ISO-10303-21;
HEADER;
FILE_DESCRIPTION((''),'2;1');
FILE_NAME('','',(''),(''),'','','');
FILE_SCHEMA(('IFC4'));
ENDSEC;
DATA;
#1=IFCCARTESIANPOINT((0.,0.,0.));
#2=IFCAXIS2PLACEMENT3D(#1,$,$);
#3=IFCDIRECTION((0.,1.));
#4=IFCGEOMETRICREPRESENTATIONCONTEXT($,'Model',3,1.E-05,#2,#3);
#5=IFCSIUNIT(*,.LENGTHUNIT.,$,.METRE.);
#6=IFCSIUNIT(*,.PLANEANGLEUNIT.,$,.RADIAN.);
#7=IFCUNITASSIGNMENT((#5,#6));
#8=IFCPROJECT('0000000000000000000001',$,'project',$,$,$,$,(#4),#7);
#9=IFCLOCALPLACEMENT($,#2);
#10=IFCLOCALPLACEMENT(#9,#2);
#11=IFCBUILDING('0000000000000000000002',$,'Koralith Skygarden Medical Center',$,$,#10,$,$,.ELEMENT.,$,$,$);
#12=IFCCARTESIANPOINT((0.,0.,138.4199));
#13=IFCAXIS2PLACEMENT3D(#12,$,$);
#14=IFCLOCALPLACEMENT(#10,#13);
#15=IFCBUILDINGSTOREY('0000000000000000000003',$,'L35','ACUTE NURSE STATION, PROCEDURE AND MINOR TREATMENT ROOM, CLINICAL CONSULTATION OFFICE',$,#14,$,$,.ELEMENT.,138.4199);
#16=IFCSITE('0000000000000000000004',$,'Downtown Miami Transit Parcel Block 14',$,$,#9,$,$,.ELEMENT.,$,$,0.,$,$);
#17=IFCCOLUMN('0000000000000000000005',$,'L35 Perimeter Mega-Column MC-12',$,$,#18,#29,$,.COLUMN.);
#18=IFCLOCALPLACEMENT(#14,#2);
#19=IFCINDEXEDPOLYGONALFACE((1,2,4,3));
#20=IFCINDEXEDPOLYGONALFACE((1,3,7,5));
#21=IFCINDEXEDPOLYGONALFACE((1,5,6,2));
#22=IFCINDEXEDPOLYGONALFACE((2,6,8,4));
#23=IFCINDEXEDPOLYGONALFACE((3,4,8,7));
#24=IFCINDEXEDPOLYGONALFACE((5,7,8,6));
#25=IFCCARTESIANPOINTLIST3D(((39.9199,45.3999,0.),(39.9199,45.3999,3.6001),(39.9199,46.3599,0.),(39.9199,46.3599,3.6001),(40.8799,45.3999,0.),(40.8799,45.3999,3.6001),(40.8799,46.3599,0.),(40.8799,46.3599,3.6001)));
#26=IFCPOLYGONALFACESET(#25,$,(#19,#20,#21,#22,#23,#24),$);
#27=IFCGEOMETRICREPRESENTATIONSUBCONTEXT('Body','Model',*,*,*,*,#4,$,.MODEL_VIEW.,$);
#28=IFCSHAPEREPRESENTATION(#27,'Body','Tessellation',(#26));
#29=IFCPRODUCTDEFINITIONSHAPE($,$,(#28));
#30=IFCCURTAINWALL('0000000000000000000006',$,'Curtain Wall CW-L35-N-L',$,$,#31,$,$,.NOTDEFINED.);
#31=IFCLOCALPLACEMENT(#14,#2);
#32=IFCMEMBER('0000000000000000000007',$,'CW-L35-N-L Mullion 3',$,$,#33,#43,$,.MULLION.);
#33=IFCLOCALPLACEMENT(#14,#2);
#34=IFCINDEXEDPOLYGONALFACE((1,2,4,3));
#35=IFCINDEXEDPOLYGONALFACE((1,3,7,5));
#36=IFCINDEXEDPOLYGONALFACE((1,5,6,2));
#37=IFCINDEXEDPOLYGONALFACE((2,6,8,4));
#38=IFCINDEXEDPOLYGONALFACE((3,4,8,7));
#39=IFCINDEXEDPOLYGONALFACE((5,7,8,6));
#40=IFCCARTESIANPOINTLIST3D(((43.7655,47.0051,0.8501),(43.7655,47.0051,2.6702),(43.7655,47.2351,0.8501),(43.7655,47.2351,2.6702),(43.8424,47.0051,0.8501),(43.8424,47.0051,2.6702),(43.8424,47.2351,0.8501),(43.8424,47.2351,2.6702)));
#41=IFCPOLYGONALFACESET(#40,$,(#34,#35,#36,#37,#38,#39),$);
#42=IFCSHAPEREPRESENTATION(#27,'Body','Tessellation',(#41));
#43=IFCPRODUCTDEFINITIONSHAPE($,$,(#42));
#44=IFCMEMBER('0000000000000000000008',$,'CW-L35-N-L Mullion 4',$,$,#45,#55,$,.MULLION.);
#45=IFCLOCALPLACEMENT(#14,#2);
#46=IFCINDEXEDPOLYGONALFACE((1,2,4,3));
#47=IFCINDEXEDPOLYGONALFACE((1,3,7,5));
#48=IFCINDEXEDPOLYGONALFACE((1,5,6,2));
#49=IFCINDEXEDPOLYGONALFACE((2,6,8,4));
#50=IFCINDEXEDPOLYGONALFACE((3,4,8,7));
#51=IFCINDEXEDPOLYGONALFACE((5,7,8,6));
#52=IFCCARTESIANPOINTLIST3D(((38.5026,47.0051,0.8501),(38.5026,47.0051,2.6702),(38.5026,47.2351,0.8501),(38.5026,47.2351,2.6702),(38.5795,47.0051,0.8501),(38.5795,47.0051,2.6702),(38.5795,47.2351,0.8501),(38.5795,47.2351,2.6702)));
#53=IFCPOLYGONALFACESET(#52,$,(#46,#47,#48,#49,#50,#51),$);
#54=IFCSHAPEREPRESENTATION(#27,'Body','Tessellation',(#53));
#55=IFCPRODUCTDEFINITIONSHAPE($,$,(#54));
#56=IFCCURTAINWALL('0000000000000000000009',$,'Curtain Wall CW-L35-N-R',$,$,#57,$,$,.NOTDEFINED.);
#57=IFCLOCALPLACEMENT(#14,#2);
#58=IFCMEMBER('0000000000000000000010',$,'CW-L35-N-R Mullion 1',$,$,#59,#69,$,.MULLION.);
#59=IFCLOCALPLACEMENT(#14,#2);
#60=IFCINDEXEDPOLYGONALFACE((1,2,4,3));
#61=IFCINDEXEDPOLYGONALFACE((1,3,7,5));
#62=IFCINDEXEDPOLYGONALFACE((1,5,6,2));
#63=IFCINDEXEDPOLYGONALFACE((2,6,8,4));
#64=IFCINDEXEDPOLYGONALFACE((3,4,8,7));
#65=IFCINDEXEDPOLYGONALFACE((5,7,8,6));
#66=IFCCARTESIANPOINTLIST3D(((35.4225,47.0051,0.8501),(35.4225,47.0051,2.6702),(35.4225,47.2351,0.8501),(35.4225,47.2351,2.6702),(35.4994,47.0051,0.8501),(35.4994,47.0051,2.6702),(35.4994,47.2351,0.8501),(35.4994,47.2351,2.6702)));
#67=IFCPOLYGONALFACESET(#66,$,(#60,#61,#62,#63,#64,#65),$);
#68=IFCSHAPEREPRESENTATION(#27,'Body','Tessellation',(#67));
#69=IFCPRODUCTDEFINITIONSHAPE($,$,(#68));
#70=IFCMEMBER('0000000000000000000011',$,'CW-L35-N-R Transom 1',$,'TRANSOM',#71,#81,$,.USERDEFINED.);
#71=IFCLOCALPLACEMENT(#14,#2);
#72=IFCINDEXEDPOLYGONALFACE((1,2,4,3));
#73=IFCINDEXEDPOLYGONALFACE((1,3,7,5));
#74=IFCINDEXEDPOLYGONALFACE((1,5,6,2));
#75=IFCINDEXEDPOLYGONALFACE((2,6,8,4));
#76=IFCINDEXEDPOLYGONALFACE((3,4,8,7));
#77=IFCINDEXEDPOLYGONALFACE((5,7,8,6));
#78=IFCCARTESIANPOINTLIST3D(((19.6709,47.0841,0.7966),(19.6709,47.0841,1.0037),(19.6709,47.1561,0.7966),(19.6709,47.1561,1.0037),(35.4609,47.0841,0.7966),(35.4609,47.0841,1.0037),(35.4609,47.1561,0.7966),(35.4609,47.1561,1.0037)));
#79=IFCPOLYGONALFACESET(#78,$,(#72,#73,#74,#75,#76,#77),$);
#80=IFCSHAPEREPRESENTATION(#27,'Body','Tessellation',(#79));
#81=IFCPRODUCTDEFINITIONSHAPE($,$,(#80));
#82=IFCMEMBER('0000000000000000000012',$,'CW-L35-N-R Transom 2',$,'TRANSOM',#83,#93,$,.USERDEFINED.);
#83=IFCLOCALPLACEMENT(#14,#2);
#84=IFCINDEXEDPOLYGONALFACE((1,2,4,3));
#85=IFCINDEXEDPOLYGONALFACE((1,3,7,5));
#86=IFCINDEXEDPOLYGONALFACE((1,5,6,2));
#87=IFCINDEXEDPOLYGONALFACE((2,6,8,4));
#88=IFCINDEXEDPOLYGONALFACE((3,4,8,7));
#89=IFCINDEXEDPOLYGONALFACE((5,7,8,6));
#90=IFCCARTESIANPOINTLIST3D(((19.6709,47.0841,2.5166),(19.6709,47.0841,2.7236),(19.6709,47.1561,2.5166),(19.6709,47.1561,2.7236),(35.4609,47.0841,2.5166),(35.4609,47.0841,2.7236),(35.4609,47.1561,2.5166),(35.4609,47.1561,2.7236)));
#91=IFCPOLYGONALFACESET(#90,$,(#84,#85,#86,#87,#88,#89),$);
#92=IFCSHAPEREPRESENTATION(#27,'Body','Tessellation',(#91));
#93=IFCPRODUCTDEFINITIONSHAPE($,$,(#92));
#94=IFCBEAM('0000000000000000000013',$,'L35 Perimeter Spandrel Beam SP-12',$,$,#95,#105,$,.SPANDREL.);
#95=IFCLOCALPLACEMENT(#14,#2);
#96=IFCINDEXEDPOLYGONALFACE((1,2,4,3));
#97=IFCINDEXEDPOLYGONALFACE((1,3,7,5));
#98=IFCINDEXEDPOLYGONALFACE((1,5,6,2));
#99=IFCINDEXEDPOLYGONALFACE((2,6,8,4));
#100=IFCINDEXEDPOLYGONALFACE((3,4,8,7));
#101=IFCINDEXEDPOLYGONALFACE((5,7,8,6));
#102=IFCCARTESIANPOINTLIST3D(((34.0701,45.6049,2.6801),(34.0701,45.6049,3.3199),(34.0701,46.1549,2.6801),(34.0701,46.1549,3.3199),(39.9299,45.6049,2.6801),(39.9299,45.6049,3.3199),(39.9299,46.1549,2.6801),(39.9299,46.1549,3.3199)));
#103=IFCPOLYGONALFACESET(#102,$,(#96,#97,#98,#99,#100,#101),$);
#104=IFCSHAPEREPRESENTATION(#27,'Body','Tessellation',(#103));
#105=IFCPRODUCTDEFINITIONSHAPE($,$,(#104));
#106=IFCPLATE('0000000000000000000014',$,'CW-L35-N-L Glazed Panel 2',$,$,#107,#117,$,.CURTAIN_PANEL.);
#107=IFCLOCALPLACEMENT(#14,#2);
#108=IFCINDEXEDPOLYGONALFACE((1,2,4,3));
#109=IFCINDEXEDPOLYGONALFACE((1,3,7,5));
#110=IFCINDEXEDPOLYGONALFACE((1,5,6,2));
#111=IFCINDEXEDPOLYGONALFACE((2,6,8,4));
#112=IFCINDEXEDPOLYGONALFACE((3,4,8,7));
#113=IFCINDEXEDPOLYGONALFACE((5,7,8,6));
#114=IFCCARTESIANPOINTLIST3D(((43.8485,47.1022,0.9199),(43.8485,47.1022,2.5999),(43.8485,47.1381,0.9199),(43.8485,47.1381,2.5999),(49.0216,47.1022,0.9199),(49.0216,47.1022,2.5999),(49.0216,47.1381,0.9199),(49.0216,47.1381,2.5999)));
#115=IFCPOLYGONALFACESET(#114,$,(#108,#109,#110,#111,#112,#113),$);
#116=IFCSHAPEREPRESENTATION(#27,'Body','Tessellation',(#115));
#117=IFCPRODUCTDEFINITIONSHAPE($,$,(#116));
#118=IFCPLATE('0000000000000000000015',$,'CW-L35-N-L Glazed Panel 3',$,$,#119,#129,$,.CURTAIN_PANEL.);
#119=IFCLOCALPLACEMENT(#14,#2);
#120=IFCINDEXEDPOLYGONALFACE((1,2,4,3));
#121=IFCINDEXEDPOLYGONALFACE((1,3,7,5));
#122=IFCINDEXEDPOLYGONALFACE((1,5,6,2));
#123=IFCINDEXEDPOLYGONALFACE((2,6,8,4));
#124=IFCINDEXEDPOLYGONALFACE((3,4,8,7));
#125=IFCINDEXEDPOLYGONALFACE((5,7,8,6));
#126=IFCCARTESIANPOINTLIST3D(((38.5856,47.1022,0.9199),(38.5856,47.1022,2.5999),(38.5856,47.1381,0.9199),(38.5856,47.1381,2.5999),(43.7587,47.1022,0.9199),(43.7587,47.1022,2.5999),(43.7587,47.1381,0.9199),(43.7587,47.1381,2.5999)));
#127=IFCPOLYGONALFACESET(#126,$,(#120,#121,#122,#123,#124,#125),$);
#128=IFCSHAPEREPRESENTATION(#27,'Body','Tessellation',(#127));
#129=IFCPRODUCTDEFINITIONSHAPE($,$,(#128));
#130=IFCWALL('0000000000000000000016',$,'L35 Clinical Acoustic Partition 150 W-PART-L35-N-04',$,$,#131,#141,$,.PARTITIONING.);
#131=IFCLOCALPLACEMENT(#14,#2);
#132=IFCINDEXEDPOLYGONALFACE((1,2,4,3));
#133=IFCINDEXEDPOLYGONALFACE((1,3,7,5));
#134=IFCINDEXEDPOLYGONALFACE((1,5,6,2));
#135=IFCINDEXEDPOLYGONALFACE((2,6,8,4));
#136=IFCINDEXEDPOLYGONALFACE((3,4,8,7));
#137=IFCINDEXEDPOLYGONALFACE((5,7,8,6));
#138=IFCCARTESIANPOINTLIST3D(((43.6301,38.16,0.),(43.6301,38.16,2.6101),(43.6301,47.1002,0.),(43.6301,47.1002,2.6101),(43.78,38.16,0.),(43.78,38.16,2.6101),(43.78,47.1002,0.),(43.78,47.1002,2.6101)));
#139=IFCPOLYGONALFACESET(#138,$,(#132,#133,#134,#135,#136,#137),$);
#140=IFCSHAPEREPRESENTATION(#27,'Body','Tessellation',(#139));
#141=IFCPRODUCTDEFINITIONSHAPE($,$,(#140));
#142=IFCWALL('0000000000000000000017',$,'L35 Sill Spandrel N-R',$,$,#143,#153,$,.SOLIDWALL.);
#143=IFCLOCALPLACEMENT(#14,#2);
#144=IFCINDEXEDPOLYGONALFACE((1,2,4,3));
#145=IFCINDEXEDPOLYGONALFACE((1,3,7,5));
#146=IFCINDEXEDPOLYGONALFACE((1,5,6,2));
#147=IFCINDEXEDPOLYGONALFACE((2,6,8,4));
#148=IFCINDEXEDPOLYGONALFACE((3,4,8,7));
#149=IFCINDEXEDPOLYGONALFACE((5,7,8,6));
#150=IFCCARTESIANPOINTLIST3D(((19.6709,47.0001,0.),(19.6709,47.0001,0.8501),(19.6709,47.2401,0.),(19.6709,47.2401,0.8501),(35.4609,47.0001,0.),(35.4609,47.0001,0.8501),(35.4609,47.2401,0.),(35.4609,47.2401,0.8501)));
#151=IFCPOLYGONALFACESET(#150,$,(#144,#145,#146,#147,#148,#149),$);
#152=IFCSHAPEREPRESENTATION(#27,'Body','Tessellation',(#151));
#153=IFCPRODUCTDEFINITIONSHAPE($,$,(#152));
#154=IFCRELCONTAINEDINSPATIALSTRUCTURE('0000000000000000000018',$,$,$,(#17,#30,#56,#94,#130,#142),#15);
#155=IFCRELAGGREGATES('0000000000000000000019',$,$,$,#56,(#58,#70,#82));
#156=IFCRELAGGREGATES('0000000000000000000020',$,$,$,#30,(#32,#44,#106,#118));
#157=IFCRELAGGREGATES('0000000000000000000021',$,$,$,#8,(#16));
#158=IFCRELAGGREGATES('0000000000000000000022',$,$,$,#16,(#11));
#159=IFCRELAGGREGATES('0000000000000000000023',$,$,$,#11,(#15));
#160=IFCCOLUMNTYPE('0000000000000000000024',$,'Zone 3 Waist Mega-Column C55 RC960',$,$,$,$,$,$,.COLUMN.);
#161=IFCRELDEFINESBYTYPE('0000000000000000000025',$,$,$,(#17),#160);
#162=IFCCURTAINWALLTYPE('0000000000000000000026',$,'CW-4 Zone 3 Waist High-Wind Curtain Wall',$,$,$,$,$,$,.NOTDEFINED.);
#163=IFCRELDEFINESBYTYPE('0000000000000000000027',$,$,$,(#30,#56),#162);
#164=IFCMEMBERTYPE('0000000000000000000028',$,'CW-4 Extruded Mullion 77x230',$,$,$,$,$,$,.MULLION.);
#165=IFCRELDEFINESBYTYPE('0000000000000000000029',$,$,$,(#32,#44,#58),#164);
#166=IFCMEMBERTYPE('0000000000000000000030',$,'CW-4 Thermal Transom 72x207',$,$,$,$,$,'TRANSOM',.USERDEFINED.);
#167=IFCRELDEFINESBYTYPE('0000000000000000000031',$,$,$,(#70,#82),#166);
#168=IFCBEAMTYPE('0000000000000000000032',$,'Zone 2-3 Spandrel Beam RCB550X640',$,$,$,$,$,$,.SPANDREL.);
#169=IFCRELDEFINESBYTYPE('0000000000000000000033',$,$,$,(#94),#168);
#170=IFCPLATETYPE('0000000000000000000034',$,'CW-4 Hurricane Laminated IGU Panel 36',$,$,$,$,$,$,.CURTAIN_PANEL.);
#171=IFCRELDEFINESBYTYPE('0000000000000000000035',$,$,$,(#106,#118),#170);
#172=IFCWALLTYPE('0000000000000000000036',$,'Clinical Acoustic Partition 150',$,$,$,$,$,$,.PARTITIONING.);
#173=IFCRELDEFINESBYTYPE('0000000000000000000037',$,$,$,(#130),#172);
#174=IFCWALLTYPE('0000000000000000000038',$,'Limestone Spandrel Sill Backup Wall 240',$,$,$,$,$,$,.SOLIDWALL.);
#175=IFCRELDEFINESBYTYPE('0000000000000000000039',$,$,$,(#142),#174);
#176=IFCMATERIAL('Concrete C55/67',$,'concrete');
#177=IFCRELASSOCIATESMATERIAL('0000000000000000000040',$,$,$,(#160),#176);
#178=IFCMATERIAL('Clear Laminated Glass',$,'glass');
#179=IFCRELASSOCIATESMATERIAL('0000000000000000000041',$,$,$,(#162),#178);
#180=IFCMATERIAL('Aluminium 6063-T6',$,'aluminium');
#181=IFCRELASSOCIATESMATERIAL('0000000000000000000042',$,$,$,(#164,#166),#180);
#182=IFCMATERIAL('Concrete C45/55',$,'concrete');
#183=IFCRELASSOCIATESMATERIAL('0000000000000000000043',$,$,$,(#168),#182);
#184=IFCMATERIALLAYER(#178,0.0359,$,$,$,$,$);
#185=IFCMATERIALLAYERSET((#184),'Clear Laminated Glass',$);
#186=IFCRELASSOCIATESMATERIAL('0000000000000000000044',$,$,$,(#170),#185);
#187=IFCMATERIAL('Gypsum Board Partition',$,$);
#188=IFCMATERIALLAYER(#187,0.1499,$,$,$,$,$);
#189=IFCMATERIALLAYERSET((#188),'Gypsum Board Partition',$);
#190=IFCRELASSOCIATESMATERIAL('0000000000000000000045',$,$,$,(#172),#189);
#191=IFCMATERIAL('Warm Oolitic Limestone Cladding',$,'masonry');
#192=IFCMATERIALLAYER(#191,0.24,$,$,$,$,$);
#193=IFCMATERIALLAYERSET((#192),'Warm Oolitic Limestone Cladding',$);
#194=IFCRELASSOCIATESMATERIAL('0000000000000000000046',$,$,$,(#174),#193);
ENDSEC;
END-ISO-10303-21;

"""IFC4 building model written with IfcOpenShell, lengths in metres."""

from ifc_helpers import new_model, si_unit, direction, frame, frame_2d, origin, origin_2d, place, context, subcontext, project, spatial, rectangle, extrude, material, layer, layer_set, material_profile, profile_set, type_object, element, aggregate, save


model = new_model("IFC4")

# Units and contexts
model_context = context("Model", 3, precision=1e-05, world=origin(), true_north=direction((0.0, 1.0)))
body_context = subcontext(model_context, "Body", "Model", "MODEL_VIEW")
ifc_project = project(units=[si_unit("LENGTHUNIT", "METRE"), si_unit("PLANEANGLEUNIT", "RADIAN")], contexts=[model_context])

# Site, building, storey
site_placement = place(None, origin())
site = spatial("IfcSite", under=ifc_project, at=site_placement, Name="Downtown Miami Transit Parcel Block 14", CompositionType="ELEMENT", RefElevation=0.0)
building_placement = place(site_placement, origin())
building = spatial("IfcBuilding", under=site, at=building_placement, Name="Koralith Skygarden Medical Center", CompositionType="ELEMENT")
storey_placement = place(building_placement, frame((0.0, 0.0, 138.4199)))
storey = spatial("IfcBuildingStorey", under=building, at=storey_placement, Name="L35", Description="ACUTE NURSE STATION, PROCEDURE AND MINOR TREATMENT ROOM, CLINICAL CONSULTATION OFFICE", CompositionType="ELEMENT", Elevation=138.4199)

# Column
ifc_material_1 = material(Name="Concrete C55/67", Category="concrete")
ifc_material_profile_1 = material_profile(ifc_material_1, rectangle(XDim=0.96, YDim=0.96, at=origin_2d()), Name="RC960X960")
ifc_profile_set_1 = profile_set([ifc_material_profile_1], Name="Concrete C55/67")
column_type = type_object("IfcColumnType", Name="Zone 3 Waist Mega-Column C55 RC960", PredefinedType="COLUMN", material=ifc_profile_set_1)
column_placement = place(storey_placement, frame((40.3999, 45.8799, 0.0), z_axis=(0.0, 0.0, 1.0), x_axis=(1.0, 0.0, 0.0)))
element("IfcColumn", 1, at=column_placement, inside=storey, type_object=column_type, Name="L35 Perimeter Mega-Column MC-12", PredefinedType="COLUMN", context=body_context, shape_type="SweptSolid", body=[
    extrude(rectangle(XDim=0.96, YDim=0.96, at=origin_2d()), origin(), (0.0, 0.0, 1.0), 3.6001),
])

# Curtain walls, members
ifc_material_2 = material(Name="Clear Laminated Glass", Category="glass")
curtain_wall_type = type_object("IfcCurtainWallType", Name="CW-4 Zone 3 Waist High-Wind Curtain Wall", PredefinedType="NOTDEFINED", material=ifc_material_2)
curtain_wall_1_placement = place(storey_placement, origin())
curtain_wall_1 = element("IfcCurtainWall", 2, at=curtain_wall_1_placement, inside=storey, type_object=curtain_wall_type, Name="Curtain Wall CW-L35-N-L", PredefinedType="NOTDEFINED")
ifc_material_3 = material(Name="Aluminium 6063-T6", Category="aluminium")
ifc_material_profile_2 = material_profile(ifc_material_3, rectangle(XDim=0.0769, YDim=0.23, at=origin_2d()), Name="MUL77X230")
ifc_profile_set_2 = profile_set([ifc_material_profile_2], Name="Aluminium 6063-T6")
member_type_1 = type_object("IfcMemberType", Name="CW-4 Extruded Mullion 77x230", PredefinedType="MULLION", material=ifc_profile_set_2)
member_1_placement = place(storey_placement, frame((43.804, 47.1201, 0.8501), z_axis=(0.0, 0.0, 1.0), x_axis=(1.0, 0.0, 0.0)))
member_1 = element("IfcMember", 3, at=member_1_placement, type_object=member_type_1, Name="CW-L35-N-L Mullion 3", PredefinedType="MULLION", context=body_context, shape_type="SweptSolid", body=[
    extrude(rectangle(XDim=0.0769, YDim=0.23, at=origin_2d()), origin(), (0.0, 0.0, 1.0), 1.8201),
])
member_2_placement = place(storey_placement, frame((38.541, 47.1201, 0.8501), z_axis=(0.0, 0.0, 1.0), x_axis=(1.0, 0.0, 0.0)))
member_2 = element("IfcMember", 4, at=member_2_placement, type_object=member_type_1, Name="CW-L35-N-L Mullion 4", PredefinedType="MULLION", context=body_context, shape_type="SweptSolid", body=[
    extrude(rectangle(XDim=0.0769, YDim=0.23, at=origin_2d()), origin(), (0.0, 0.0, 1.0), 1.8201),
])
curtain_wall_2_placement = place(storey_placement, origin())
curtain_wall_2 = element("IfcCurtainWall", 5, at=curtain_wall_2_placement, inside=storey, type_object=curtain_wall_type, Name="Curtain Wall CW-L35-N-R", PredefinedType="NOTDEFINED")
member_3_placement = place(storey_placement, frame((35.4609, 47.1201, 0.8501), z_axis=(0.0, 0.0, 1.0), x_axis=(1.0, 0.0, 0.0)))
member_3 = element("IfcMember", 6, at=member_3_placement, type_object=member_type_1, Name="CW-L35-N-R Mullion 1", PredefinedType="MULLION", context=body_context, shape_type="SweptSolid", body=[
    extrude(rectangle(XDim=0.0769, YDim=0.23, at=origin_2d()), origin(), (0.0, 0.0, 1.0), 1.8201),
])
ifc_material_profile_3 = material_profile(ifc_material_3, rectangle(XDim=0.072, YDim=0.207, at=origin_2d()), Name="TRN72X207")
ifc_profile_set_3 = profile_set([ifc_material_profile_3], Name="Aluminium 6063-T6")
member_type_2 = type_object("IfcMemberType", Name="CW-4 Thermal Transom 72x207", ElementType="TRANSOM", PredefinedType="USERDEFINED", material=ifc_profile_set_3)
member_4_placement = place(storey_placement, frame((35.4609, 47.1201, 0.9001), z_axis=(-1.0, 0.0, 0.0), x_axis=(0.0, -1.0, 0.0)))
member_4 = element("IfcMember", 7, at=member_4_placement, type_object=member_type_2, Name="CW-L35-N-R Transom 1", ObjectType="TRANSOM", PredefinedType="USERDEFINED", context=body_context, shape_type="SweptSolid", body=[
    extrude(rectangle(XDim=0.072, YDim=0.207, at=origin_2d()), origin(), (0.0, 0.0, 1.0), 15.79),
])
member_5_placement = place(storey_placement, frame((35.4609, 47.1201, 2.6201), z_axis=(-1.0, 0.0, 0.0), x_axis=(0.0, -1.0, 0.0)))
member_5 = element("IfcMember", 8, at=member_5_placement, type_object=member_type_2, Name="CW-L35-N-R Transom 2", ObjectType="TRANSOM", PredefinedType="USERDEFINED", context=body_context, shape_type="SweptSolid", body=[
    extrude(rectangle(XDim=0.072, YDim=0.207, at=origin_2d()), origin(), (0.0, 0.0, 1.0), 15.79),
])
aggregate(curtain_wall_2, [member_3, member_4, member_5])

# Beam
ifc_material_4 = material(Name="Concrete C45/55", Category="concrete")
ifc_material_profile_4 = material_profile(ifc_material_4, rectangle(XDim=0.55, YDim=0.6399, at=origin_2d()), Name="RCB550X640")
ifc_profile_set_4 = profile_set([ifc_material_profile_4], Name="Concrete C45/55")
beam_type = type_object("IfcBeamType", Name="Zone 2-3 Spandrel Beam RCB550X640", PredefinedType="SPANDREL", material=ifc_profile_set_4)
beam_placement = place(storey_placement, frame((39.9299, 45.8799, 3.0), z_axis=(-1.0, 0.0, 0.0), x_axis=(0.0, -1.0, 0.0)))
element("IfcBeam", 9, at=beam_placement, inside=storey, type_object=beam_type, Name="L35 Perimeter Spandrel Beam SP-12", PredefinedType="SPANDREL", context=body_context, shape_type="SweptSolid", body=[
    extrude(rectangle(XDim=0.55, YDim=0.6399, at=origin_2d()), origin(), (0.0, 0.0, 1.0), 5.8599),
])

# Plates
ifc_layer_1 = layer(ifc_material_2, 0.0359)
ifc_layer_set_1 = layer_set([ifc_layer_1], Name="Clear Laminated Glass")
plate_type = type_object("IfcPlateType", Name="CW-4 Hurricane Laminated IGU Panel 36", PredefinedType="CURTAIN_PANEL", material=ifc_layer_set_1)
plate_1_placement = place(storey_placement, frame((46.4351, 47.1201, 0.9199), z_axis=(0.0, 0.0, 1.0), x_axis=(-1.0, 0.0, 0.0)))
plate_1 = element("IfcPlate", 10, at=plate_1_placement, type_object=plate_type, Name="CW-L35-N-L Glazed Panel 2", PredefinedType="CURTAIN_PANEL", context=body_context, shape_type="SweptSolid", body=[
    extrude(rectangle(XDim=5.1731, YDim=0.0359, at=origin_2d()), origin(), (0.0, 0.0, 1.0), 1.6799),
])
plate_2_placement = place(storey_placement, frame((41.1721, 47.1201, 0.9199), z_axis=(0.0, 0.0, 1.0), x_axis=(-1.0, 0.0, 0.0)))
plate_2 = element("IfcPlate", 11, at=plate_2_placement, type_object=plate_type, Name="CW-L35-N-L Glazed Panel 3", PredefinedType="CURTAIN_PANEL", context=body_context, shape_type="SweptSolid", body=[
    extrude(rectangle(XDim=5.1731, YDim=0.0359, at=origin_2d()), origin(), (0.0, 0.0, 1.0), 1.6799),
])
aggregate(curtain_wall_1, [member_1, member_2, plate_1, plate_2])

# Wall
ifc_material_5 = material(Name="Gypsum Board Partition")
ifc_layer_2 = layer(ifc_material_5, 0.1499)
ifc_layer_set_2 = layer_set([ifc_layer_2], Name="Gypsum Board Partition")
wall_type_1 = type_object("IfcWallType", Name="Clinical Acoustic Partition 150", PredefinedType="PARTITIONING", material=ifc_layer_set_2)
wall_1_placement = place(storey_placement, frame((43.7051, 38.1599, 0.0), z_axis=(0.0, 0.0, 1.0), x_axis=(0.0, 1.0, 0.0)))
element("IfcWall", 12, at=wall_1_placement, inside=storey, type_object=wall_type_1, Name="L35 Clinical Acoustic Partition 150 W-PART-L35-N-04", PredefinedType="PARTITIONING", context=body_context, shape_type="SweptSolid", body=[
    extrude(rectangle(XDim=8.9402, YDim=0.1499, at=frame_2d((4.4702, 0.0))), origin(), (0.0, 0.0, 1.0), 2.6101),
])

# Wall
ifc_material_6 = material(Name="Warm Oolitic Limestone Cladding", Category="masonry")
ifc_layer_3 = layer(ifc_material_6, 0.24)
ifc_layer_set_3 = layer_set([ifc_layer_3], Name="Warm Oolitic Limestone Cladding")
wall_type_2 = type_object("IfcWallType", Name="Limestone Spandrel Sill Backup Wall 240", PredefinedType="SOLIDWALL", material=ifc_layer_set_3)
wall_2_placement = place(storey_placement, frame((35.4609, 47.1201, 0.0), z_axis=(0.0, 0.0, 1.0), x_axis=(-1.0, 0.0, 0.0)))
element("IfcWall", 13, at=wall_2_placement, inside=storey, type_object=wall_type_2, Name="L35 Sill Spandrel N-R", PredefinedType="SOLIDWALL", context=body_context, shape_type="SweptSolid", body=[
    extrude(rectangle(XDim=15.79, YDim=0.24, at=frame_2d((7.895, 0.0))), origin(), (0.0, 0.0, 1.0), 0.8501),
])

save(model, "model.ifc")
